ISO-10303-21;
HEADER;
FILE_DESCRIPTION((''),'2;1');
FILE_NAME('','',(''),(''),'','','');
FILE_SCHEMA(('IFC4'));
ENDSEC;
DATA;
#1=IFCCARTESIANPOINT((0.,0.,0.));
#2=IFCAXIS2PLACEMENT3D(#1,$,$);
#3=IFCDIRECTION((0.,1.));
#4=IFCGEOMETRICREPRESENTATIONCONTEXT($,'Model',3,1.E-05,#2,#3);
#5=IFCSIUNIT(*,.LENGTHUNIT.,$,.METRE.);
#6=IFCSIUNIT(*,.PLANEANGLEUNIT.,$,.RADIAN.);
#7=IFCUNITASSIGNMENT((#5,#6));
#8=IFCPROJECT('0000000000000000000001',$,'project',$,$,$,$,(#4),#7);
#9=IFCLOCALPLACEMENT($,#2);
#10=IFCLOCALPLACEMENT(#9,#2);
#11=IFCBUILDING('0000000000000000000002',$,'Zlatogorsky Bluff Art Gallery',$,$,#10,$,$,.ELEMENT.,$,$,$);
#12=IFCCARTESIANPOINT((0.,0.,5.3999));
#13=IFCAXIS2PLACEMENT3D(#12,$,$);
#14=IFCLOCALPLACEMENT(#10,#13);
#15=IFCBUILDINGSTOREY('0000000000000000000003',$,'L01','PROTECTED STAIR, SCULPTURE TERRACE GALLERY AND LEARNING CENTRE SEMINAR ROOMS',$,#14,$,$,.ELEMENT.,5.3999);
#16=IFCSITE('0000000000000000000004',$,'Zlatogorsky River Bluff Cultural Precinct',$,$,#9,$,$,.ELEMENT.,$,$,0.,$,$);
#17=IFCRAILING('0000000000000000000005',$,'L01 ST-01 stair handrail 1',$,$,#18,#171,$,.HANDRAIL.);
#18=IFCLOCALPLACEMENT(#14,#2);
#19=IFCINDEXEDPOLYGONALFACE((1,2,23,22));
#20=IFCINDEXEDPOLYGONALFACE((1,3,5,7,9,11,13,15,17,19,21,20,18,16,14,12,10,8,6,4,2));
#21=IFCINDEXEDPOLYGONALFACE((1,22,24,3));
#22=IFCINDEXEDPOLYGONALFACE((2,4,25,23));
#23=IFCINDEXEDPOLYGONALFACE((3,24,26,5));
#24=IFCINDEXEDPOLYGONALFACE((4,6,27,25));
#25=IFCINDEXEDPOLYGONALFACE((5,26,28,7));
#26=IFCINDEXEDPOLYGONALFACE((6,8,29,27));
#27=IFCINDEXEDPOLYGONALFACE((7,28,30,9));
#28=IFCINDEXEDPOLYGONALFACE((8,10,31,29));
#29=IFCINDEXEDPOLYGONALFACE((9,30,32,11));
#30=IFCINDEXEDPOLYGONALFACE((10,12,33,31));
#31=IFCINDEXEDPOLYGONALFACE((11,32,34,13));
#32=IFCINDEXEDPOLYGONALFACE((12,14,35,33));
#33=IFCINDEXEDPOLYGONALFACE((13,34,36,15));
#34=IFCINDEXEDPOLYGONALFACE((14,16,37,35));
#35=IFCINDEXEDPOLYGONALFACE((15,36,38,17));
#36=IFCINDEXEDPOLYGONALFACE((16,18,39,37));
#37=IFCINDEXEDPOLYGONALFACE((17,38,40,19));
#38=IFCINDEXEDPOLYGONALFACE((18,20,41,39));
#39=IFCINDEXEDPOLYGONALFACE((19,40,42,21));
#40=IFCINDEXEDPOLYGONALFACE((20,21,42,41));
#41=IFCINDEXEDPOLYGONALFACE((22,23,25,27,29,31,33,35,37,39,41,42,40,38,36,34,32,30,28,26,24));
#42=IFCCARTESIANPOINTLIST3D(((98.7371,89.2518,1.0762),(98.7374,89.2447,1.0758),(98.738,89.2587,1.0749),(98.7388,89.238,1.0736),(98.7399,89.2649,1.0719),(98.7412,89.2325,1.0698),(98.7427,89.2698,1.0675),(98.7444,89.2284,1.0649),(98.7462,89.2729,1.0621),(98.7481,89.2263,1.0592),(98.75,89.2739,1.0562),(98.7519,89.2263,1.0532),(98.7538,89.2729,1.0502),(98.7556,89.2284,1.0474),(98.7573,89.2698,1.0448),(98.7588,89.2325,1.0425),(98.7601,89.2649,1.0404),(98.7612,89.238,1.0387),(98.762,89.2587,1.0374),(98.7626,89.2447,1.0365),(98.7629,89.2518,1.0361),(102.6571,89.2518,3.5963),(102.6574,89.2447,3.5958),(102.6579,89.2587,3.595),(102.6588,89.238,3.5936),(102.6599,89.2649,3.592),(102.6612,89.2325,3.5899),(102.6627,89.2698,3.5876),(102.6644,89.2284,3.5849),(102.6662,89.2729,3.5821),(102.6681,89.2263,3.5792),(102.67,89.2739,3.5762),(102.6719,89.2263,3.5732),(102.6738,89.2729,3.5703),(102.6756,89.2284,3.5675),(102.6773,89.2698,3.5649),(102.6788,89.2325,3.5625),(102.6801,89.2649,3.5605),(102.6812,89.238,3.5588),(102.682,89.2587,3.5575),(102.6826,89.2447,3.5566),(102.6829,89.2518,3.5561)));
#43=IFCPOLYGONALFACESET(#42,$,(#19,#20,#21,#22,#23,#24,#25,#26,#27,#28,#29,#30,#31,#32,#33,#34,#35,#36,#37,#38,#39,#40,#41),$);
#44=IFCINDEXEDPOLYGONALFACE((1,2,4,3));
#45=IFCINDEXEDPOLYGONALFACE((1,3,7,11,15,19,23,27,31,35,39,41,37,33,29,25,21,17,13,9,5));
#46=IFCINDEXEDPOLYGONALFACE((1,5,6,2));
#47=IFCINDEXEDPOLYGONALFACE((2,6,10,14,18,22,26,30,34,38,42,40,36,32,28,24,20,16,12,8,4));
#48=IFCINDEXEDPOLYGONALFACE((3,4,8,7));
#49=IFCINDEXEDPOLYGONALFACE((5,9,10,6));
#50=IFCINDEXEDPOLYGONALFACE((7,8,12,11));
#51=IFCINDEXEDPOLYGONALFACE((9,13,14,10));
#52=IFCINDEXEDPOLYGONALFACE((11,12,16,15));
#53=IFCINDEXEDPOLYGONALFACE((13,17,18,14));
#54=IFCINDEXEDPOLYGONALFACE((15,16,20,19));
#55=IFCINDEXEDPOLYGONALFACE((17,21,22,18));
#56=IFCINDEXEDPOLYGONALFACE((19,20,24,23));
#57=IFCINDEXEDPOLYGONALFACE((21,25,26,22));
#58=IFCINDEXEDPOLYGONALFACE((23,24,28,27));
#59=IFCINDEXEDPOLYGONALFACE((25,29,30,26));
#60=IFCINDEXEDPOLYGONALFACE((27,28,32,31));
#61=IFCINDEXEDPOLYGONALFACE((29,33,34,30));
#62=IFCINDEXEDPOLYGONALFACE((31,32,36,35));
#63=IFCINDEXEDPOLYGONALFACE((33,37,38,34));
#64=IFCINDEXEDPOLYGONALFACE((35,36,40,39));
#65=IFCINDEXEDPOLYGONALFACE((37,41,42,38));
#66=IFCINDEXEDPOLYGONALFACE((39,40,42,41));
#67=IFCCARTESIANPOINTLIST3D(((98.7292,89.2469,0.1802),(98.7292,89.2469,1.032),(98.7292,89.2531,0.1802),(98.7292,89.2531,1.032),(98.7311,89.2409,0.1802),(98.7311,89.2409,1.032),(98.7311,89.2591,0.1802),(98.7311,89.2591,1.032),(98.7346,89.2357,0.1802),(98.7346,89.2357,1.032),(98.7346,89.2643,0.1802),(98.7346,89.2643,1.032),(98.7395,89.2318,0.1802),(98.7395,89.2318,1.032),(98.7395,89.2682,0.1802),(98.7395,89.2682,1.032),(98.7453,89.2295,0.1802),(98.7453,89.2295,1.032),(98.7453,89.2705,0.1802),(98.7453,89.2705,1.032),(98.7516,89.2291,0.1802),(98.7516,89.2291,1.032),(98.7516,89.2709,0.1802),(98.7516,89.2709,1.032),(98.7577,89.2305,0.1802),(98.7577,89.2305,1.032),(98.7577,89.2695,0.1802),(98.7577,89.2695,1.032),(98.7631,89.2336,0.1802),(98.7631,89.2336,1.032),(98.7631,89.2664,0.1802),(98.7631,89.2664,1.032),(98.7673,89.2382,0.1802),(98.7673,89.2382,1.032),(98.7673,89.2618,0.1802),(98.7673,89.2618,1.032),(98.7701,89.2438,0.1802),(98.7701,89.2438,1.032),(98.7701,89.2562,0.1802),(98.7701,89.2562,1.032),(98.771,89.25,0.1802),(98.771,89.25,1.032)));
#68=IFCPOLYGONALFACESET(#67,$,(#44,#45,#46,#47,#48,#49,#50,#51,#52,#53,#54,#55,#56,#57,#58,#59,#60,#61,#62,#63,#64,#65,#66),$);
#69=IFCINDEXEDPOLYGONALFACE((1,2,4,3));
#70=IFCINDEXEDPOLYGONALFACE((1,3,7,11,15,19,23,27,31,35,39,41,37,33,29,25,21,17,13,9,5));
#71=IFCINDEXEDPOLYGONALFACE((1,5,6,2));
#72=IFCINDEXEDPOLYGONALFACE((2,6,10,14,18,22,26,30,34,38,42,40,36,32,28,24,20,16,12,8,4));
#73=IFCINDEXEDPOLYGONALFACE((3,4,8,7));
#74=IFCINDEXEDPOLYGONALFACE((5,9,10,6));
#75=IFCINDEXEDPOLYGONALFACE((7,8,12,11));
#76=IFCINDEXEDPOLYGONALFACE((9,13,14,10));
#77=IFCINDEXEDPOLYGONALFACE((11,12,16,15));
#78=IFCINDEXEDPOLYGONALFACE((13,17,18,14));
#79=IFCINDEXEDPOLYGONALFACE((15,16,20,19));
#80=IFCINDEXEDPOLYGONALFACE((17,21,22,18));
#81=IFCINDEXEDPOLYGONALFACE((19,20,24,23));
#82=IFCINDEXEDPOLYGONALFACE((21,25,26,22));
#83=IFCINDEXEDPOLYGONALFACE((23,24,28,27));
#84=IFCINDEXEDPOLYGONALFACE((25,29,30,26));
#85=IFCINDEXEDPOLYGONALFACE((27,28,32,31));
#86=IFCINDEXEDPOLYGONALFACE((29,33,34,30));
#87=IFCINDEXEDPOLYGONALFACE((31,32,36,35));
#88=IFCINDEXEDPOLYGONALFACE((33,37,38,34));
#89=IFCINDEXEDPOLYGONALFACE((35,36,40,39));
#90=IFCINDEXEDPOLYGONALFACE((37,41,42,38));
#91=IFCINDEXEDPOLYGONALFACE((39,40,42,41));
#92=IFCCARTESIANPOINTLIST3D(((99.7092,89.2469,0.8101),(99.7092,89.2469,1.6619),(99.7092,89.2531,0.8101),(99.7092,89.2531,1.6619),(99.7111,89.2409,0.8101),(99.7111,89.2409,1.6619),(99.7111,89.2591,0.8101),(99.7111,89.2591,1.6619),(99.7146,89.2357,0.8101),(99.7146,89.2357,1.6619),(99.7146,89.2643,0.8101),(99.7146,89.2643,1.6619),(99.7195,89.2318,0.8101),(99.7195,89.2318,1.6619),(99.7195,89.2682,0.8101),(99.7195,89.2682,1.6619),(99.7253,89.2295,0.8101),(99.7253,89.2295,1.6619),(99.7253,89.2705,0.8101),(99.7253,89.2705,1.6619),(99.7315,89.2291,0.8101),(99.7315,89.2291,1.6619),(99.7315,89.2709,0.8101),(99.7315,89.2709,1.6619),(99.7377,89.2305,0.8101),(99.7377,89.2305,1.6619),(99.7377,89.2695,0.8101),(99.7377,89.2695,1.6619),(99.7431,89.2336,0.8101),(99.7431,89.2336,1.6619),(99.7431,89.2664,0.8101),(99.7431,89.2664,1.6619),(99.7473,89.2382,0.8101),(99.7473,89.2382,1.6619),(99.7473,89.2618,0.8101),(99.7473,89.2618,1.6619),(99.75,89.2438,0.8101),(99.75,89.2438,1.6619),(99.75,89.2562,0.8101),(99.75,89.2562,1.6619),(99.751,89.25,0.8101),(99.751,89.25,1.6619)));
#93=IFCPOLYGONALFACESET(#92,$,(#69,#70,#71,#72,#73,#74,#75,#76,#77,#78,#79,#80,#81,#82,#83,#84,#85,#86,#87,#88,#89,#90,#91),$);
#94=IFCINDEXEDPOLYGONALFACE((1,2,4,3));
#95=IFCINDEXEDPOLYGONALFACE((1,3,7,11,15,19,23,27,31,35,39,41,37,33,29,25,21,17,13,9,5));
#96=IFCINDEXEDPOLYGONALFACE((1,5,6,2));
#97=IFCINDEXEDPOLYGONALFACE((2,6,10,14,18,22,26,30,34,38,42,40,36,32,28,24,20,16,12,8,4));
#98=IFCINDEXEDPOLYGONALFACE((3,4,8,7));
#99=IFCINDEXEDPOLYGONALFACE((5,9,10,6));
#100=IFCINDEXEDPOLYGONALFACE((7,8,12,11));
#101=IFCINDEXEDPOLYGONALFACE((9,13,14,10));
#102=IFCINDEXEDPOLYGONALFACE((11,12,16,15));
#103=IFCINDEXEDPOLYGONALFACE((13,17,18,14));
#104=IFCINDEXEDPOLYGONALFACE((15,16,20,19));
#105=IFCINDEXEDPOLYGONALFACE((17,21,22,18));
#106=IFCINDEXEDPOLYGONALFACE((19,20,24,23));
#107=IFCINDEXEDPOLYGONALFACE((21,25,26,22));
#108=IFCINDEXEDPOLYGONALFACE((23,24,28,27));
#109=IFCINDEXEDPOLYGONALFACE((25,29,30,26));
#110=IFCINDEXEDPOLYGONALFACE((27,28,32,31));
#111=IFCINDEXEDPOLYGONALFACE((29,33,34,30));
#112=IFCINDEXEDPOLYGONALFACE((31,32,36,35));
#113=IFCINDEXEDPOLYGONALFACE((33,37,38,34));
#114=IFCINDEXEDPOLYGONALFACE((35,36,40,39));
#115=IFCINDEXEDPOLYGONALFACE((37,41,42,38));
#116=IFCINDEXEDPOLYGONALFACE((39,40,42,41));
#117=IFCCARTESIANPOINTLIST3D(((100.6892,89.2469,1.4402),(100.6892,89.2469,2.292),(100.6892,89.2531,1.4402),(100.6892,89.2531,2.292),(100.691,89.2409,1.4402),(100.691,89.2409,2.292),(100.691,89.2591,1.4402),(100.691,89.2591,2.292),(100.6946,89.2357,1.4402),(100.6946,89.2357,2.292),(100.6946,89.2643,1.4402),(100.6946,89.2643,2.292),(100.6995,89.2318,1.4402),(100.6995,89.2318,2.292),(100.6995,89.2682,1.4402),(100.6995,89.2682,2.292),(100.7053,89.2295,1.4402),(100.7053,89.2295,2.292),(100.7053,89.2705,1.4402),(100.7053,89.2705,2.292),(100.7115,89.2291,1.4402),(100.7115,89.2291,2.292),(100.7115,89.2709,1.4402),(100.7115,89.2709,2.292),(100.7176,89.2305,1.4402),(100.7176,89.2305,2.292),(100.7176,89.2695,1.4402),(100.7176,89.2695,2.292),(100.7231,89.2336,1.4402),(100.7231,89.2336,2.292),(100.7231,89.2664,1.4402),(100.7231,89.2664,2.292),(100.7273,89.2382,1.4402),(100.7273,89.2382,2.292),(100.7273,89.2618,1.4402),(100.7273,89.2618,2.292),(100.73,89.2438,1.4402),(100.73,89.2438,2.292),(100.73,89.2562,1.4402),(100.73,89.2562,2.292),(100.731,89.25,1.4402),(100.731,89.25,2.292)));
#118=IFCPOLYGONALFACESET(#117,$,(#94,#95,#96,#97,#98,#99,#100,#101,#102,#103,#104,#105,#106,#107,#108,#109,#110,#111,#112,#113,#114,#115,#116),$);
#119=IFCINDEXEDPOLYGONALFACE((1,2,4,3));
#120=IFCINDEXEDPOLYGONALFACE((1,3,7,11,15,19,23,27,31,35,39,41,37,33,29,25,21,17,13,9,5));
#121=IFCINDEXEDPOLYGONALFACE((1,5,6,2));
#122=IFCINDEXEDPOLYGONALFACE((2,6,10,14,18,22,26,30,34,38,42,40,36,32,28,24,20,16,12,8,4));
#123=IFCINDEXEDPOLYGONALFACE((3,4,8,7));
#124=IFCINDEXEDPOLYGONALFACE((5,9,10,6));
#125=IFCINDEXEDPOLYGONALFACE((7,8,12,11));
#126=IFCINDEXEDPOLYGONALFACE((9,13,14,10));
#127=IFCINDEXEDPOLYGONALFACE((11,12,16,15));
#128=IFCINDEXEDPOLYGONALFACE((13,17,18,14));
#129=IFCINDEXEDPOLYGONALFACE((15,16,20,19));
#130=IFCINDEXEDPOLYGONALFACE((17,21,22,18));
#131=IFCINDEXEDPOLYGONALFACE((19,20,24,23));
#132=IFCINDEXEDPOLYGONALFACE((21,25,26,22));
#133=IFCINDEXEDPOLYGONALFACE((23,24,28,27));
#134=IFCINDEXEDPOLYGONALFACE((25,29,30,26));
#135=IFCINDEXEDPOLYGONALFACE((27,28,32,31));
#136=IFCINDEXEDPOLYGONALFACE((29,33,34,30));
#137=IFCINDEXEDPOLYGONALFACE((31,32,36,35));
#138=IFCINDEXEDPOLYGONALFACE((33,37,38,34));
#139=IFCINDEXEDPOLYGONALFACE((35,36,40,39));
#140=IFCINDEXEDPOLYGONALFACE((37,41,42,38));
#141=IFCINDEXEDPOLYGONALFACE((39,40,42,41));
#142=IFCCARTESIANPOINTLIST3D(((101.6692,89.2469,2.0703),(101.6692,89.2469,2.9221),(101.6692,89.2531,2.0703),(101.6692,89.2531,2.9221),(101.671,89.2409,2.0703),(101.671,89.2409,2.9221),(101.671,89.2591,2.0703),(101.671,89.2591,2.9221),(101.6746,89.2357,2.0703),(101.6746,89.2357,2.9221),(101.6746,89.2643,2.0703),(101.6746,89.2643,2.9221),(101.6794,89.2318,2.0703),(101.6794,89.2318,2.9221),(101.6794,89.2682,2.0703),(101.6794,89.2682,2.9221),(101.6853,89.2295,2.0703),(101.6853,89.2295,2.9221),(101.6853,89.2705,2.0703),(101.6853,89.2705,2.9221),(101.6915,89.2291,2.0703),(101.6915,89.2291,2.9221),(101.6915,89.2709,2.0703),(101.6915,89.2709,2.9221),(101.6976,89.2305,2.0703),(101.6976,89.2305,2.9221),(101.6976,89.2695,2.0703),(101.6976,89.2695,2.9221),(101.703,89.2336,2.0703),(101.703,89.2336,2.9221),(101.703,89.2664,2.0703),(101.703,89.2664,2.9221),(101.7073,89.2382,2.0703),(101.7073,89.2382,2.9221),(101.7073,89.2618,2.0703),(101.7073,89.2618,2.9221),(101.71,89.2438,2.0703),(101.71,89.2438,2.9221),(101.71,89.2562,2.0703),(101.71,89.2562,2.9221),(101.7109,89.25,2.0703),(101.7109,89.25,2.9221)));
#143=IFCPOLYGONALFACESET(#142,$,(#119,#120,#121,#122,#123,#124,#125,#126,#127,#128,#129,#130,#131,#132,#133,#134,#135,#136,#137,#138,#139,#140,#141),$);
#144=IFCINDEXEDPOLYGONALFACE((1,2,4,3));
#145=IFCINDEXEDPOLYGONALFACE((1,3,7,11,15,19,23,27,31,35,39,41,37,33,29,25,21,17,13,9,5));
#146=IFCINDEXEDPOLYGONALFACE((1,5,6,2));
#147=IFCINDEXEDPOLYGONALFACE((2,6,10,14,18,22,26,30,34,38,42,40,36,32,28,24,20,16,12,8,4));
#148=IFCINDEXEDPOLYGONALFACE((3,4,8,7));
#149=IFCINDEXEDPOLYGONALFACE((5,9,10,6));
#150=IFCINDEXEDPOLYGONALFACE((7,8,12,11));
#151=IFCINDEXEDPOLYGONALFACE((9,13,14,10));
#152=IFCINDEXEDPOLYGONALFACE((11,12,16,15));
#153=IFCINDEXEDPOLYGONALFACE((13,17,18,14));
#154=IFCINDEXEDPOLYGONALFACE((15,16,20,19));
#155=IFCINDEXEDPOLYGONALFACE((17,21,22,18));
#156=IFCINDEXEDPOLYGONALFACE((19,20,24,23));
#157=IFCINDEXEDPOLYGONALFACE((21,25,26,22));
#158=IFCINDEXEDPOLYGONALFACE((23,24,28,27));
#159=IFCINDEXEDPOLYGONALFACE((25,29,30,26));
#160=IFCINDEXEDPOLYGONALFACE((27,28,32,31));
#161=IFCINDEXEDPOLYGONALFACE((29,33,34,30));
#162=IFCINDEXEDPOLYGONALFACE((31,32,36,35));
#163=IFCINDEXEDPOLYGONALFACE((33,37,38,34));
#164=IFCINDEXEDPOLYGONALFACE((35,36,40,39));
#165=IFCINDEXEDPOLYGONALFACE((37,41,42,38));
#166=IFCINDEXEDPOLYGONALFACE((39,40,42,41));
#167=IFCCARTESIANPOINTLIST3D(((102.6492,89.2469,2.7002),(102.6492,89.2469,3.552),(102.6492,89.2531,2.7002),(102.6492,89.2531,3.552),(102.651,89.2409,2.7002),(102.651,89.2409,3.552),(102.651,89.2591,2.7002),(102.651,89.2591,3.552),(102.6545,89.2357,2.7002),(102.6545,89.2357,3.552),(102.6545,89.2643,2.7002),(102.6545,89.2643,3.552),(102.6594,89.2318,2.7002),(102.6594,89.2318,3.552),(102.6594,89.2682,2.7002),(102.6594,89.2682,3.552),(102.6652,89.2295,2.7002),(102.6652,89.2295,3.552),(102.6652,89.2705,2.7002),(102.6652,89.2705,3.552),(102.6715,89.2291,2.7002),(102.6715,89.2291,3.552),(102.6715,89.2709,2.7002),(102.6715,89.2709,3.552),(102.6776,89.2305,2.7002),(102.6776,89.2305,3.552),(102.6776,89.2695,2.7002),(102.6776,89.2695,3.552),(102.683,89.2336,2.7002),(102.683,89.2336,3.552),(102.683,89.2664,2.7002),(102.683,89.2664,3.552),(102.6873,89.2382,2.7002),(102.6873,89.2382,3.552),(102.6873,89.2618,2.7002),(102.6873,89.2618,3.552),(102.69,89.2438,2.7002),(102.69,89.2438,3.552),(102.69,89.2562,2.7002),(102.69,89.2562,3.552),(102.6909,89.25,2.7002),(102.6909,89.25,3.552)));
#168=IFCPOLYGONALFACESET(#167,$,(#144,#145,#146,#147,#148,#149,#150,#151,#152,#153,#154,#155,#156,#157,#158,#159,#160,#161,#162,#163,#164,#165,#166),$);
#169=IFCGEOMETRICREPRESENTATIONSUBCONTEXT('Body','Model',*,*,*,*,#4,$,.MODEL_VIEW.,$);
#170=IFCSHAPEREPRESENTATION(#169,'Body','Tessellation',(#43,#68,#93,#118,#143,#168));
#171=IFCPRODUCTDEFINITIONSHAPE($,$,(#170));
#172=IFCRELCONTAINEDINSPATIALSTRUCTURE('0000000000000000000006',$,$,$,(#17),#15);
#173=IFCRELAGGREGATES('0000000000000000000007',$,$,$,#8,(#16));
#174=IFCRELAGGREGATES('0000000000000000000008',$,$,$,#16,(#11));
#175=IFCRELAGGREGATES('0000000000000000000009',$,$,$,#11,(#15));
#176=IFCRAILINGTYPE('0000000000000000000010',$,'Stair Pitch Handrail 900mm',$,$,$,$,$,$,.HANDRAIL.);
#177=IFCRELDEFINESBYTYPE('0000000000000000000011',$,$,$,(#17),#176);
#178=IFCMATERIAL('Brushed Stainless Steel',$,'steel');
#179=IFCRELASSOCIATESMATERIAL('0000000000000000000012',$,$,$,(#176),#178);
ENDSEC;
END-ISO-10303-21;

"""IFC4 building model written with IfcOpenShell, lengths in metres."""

from ifc_helpers import new_model, si_unit, direction, frame, origin, origin_2d, place, context, subcontext, project, spatial, circle, extrude, material, type_object, element, save


model = new_model("IFC4")

# Units and contexts
model_context = context("Model", 3, precision=1e-05, world=origin(), true_north=direction((0.0, 1.0)))
body_context = subcontext(model_context, "Body", "Model", "MODEL_VIEW")
ifc_project = project(units=[si_unit("LENGTHUNIT", "METRE"), si_unit("PLANEANGLEUNIT", "RADIAN")], contexts=[model_context])

# Site, building, storey
site_placement = place(None, origin())
site = spatial("IfcSite", under=ifc_project, at=site_placement, Name="Zlatogorsky River Bluff Cultural Precinct", CompositionType="ELEMENT", RefElevation=0.0)
building_placement = place(site_placement, origin())
building = spatial("IfcBuilding", under=site, at=building_placement, Name="Zlatogorsky Bluff Art Gallery", CompositionType="ELEMENT")
storey_placement = place(building_placement, frame((0.0, 0.0, 5.3999)))
storey = spatial("IfcBuildingStorey", under=building, at=storey_placement, Name="L01", Description="PROTECTED STAIR, SCULPTURE TERRACE GALLERY AND LEARNING CENTRE SEMINAR ROOMS", CompositionType="ELEMENT", Elevation=5.3999)

# Railing
ifc_material_1 = material(Name="Brushed Stainless Steel", Category="steel")
railing_type_1 = type_object("IfcRailingType", Name="Stair Pitch Handrail 900mm", PredefinedType="HANDRAIL", material=ifc_material_1)
railing_1_placement = place(storey_placement, frame((98.75, 89.25, 0.1802)))
element("IfcRailing", 1, at=railing_1_placement, inside=storey, type_object=railing_type_1, Name="L01 ST-01 stair handrail 1", PredefinedType="HANDRAIL", context=body_context, shape_type="SweptSolid", body=[
    extrude(circle(Radius=0.0239, at=origin_2d()), frame((0.0, 0.0, 0.876), z_axis=(0.841172, 0.0, 0.540768), x_axis=(0.0, 1.0, 0.0)), (0.0, 0.0, 1.0), 4.6602),
    extrude(circle(Radius=0.021, at=origin_2d()), origin(), (0.0, 0.0, 1.0), 0.8518),
    extrude(circle(Radius=0.021, at=origin_2d()), frame((0.98, 0.0, 0.6299)), (0.0, 0.0, 1.0), 0.8518),
    extrude(circle(Radius=0.021, at=origin_2d()), frame((1.96, 0.0, 1.26)), (0.0, 0.0, 1.0), 0.8518),
    extrude(circle(Radius=0.021, at=origin_2d()), frame((2.9399, 0.0, 1.8901)), (0.0, 0.0, 1.0), 0.8518),
    extrude(circle(Radius=0.021, at=origin_2d()), frame((3.9199, 0.0, 2.52)), (0.0, 0.0, 1.0), 0.8518),
])

save(model, "model.ifc")
